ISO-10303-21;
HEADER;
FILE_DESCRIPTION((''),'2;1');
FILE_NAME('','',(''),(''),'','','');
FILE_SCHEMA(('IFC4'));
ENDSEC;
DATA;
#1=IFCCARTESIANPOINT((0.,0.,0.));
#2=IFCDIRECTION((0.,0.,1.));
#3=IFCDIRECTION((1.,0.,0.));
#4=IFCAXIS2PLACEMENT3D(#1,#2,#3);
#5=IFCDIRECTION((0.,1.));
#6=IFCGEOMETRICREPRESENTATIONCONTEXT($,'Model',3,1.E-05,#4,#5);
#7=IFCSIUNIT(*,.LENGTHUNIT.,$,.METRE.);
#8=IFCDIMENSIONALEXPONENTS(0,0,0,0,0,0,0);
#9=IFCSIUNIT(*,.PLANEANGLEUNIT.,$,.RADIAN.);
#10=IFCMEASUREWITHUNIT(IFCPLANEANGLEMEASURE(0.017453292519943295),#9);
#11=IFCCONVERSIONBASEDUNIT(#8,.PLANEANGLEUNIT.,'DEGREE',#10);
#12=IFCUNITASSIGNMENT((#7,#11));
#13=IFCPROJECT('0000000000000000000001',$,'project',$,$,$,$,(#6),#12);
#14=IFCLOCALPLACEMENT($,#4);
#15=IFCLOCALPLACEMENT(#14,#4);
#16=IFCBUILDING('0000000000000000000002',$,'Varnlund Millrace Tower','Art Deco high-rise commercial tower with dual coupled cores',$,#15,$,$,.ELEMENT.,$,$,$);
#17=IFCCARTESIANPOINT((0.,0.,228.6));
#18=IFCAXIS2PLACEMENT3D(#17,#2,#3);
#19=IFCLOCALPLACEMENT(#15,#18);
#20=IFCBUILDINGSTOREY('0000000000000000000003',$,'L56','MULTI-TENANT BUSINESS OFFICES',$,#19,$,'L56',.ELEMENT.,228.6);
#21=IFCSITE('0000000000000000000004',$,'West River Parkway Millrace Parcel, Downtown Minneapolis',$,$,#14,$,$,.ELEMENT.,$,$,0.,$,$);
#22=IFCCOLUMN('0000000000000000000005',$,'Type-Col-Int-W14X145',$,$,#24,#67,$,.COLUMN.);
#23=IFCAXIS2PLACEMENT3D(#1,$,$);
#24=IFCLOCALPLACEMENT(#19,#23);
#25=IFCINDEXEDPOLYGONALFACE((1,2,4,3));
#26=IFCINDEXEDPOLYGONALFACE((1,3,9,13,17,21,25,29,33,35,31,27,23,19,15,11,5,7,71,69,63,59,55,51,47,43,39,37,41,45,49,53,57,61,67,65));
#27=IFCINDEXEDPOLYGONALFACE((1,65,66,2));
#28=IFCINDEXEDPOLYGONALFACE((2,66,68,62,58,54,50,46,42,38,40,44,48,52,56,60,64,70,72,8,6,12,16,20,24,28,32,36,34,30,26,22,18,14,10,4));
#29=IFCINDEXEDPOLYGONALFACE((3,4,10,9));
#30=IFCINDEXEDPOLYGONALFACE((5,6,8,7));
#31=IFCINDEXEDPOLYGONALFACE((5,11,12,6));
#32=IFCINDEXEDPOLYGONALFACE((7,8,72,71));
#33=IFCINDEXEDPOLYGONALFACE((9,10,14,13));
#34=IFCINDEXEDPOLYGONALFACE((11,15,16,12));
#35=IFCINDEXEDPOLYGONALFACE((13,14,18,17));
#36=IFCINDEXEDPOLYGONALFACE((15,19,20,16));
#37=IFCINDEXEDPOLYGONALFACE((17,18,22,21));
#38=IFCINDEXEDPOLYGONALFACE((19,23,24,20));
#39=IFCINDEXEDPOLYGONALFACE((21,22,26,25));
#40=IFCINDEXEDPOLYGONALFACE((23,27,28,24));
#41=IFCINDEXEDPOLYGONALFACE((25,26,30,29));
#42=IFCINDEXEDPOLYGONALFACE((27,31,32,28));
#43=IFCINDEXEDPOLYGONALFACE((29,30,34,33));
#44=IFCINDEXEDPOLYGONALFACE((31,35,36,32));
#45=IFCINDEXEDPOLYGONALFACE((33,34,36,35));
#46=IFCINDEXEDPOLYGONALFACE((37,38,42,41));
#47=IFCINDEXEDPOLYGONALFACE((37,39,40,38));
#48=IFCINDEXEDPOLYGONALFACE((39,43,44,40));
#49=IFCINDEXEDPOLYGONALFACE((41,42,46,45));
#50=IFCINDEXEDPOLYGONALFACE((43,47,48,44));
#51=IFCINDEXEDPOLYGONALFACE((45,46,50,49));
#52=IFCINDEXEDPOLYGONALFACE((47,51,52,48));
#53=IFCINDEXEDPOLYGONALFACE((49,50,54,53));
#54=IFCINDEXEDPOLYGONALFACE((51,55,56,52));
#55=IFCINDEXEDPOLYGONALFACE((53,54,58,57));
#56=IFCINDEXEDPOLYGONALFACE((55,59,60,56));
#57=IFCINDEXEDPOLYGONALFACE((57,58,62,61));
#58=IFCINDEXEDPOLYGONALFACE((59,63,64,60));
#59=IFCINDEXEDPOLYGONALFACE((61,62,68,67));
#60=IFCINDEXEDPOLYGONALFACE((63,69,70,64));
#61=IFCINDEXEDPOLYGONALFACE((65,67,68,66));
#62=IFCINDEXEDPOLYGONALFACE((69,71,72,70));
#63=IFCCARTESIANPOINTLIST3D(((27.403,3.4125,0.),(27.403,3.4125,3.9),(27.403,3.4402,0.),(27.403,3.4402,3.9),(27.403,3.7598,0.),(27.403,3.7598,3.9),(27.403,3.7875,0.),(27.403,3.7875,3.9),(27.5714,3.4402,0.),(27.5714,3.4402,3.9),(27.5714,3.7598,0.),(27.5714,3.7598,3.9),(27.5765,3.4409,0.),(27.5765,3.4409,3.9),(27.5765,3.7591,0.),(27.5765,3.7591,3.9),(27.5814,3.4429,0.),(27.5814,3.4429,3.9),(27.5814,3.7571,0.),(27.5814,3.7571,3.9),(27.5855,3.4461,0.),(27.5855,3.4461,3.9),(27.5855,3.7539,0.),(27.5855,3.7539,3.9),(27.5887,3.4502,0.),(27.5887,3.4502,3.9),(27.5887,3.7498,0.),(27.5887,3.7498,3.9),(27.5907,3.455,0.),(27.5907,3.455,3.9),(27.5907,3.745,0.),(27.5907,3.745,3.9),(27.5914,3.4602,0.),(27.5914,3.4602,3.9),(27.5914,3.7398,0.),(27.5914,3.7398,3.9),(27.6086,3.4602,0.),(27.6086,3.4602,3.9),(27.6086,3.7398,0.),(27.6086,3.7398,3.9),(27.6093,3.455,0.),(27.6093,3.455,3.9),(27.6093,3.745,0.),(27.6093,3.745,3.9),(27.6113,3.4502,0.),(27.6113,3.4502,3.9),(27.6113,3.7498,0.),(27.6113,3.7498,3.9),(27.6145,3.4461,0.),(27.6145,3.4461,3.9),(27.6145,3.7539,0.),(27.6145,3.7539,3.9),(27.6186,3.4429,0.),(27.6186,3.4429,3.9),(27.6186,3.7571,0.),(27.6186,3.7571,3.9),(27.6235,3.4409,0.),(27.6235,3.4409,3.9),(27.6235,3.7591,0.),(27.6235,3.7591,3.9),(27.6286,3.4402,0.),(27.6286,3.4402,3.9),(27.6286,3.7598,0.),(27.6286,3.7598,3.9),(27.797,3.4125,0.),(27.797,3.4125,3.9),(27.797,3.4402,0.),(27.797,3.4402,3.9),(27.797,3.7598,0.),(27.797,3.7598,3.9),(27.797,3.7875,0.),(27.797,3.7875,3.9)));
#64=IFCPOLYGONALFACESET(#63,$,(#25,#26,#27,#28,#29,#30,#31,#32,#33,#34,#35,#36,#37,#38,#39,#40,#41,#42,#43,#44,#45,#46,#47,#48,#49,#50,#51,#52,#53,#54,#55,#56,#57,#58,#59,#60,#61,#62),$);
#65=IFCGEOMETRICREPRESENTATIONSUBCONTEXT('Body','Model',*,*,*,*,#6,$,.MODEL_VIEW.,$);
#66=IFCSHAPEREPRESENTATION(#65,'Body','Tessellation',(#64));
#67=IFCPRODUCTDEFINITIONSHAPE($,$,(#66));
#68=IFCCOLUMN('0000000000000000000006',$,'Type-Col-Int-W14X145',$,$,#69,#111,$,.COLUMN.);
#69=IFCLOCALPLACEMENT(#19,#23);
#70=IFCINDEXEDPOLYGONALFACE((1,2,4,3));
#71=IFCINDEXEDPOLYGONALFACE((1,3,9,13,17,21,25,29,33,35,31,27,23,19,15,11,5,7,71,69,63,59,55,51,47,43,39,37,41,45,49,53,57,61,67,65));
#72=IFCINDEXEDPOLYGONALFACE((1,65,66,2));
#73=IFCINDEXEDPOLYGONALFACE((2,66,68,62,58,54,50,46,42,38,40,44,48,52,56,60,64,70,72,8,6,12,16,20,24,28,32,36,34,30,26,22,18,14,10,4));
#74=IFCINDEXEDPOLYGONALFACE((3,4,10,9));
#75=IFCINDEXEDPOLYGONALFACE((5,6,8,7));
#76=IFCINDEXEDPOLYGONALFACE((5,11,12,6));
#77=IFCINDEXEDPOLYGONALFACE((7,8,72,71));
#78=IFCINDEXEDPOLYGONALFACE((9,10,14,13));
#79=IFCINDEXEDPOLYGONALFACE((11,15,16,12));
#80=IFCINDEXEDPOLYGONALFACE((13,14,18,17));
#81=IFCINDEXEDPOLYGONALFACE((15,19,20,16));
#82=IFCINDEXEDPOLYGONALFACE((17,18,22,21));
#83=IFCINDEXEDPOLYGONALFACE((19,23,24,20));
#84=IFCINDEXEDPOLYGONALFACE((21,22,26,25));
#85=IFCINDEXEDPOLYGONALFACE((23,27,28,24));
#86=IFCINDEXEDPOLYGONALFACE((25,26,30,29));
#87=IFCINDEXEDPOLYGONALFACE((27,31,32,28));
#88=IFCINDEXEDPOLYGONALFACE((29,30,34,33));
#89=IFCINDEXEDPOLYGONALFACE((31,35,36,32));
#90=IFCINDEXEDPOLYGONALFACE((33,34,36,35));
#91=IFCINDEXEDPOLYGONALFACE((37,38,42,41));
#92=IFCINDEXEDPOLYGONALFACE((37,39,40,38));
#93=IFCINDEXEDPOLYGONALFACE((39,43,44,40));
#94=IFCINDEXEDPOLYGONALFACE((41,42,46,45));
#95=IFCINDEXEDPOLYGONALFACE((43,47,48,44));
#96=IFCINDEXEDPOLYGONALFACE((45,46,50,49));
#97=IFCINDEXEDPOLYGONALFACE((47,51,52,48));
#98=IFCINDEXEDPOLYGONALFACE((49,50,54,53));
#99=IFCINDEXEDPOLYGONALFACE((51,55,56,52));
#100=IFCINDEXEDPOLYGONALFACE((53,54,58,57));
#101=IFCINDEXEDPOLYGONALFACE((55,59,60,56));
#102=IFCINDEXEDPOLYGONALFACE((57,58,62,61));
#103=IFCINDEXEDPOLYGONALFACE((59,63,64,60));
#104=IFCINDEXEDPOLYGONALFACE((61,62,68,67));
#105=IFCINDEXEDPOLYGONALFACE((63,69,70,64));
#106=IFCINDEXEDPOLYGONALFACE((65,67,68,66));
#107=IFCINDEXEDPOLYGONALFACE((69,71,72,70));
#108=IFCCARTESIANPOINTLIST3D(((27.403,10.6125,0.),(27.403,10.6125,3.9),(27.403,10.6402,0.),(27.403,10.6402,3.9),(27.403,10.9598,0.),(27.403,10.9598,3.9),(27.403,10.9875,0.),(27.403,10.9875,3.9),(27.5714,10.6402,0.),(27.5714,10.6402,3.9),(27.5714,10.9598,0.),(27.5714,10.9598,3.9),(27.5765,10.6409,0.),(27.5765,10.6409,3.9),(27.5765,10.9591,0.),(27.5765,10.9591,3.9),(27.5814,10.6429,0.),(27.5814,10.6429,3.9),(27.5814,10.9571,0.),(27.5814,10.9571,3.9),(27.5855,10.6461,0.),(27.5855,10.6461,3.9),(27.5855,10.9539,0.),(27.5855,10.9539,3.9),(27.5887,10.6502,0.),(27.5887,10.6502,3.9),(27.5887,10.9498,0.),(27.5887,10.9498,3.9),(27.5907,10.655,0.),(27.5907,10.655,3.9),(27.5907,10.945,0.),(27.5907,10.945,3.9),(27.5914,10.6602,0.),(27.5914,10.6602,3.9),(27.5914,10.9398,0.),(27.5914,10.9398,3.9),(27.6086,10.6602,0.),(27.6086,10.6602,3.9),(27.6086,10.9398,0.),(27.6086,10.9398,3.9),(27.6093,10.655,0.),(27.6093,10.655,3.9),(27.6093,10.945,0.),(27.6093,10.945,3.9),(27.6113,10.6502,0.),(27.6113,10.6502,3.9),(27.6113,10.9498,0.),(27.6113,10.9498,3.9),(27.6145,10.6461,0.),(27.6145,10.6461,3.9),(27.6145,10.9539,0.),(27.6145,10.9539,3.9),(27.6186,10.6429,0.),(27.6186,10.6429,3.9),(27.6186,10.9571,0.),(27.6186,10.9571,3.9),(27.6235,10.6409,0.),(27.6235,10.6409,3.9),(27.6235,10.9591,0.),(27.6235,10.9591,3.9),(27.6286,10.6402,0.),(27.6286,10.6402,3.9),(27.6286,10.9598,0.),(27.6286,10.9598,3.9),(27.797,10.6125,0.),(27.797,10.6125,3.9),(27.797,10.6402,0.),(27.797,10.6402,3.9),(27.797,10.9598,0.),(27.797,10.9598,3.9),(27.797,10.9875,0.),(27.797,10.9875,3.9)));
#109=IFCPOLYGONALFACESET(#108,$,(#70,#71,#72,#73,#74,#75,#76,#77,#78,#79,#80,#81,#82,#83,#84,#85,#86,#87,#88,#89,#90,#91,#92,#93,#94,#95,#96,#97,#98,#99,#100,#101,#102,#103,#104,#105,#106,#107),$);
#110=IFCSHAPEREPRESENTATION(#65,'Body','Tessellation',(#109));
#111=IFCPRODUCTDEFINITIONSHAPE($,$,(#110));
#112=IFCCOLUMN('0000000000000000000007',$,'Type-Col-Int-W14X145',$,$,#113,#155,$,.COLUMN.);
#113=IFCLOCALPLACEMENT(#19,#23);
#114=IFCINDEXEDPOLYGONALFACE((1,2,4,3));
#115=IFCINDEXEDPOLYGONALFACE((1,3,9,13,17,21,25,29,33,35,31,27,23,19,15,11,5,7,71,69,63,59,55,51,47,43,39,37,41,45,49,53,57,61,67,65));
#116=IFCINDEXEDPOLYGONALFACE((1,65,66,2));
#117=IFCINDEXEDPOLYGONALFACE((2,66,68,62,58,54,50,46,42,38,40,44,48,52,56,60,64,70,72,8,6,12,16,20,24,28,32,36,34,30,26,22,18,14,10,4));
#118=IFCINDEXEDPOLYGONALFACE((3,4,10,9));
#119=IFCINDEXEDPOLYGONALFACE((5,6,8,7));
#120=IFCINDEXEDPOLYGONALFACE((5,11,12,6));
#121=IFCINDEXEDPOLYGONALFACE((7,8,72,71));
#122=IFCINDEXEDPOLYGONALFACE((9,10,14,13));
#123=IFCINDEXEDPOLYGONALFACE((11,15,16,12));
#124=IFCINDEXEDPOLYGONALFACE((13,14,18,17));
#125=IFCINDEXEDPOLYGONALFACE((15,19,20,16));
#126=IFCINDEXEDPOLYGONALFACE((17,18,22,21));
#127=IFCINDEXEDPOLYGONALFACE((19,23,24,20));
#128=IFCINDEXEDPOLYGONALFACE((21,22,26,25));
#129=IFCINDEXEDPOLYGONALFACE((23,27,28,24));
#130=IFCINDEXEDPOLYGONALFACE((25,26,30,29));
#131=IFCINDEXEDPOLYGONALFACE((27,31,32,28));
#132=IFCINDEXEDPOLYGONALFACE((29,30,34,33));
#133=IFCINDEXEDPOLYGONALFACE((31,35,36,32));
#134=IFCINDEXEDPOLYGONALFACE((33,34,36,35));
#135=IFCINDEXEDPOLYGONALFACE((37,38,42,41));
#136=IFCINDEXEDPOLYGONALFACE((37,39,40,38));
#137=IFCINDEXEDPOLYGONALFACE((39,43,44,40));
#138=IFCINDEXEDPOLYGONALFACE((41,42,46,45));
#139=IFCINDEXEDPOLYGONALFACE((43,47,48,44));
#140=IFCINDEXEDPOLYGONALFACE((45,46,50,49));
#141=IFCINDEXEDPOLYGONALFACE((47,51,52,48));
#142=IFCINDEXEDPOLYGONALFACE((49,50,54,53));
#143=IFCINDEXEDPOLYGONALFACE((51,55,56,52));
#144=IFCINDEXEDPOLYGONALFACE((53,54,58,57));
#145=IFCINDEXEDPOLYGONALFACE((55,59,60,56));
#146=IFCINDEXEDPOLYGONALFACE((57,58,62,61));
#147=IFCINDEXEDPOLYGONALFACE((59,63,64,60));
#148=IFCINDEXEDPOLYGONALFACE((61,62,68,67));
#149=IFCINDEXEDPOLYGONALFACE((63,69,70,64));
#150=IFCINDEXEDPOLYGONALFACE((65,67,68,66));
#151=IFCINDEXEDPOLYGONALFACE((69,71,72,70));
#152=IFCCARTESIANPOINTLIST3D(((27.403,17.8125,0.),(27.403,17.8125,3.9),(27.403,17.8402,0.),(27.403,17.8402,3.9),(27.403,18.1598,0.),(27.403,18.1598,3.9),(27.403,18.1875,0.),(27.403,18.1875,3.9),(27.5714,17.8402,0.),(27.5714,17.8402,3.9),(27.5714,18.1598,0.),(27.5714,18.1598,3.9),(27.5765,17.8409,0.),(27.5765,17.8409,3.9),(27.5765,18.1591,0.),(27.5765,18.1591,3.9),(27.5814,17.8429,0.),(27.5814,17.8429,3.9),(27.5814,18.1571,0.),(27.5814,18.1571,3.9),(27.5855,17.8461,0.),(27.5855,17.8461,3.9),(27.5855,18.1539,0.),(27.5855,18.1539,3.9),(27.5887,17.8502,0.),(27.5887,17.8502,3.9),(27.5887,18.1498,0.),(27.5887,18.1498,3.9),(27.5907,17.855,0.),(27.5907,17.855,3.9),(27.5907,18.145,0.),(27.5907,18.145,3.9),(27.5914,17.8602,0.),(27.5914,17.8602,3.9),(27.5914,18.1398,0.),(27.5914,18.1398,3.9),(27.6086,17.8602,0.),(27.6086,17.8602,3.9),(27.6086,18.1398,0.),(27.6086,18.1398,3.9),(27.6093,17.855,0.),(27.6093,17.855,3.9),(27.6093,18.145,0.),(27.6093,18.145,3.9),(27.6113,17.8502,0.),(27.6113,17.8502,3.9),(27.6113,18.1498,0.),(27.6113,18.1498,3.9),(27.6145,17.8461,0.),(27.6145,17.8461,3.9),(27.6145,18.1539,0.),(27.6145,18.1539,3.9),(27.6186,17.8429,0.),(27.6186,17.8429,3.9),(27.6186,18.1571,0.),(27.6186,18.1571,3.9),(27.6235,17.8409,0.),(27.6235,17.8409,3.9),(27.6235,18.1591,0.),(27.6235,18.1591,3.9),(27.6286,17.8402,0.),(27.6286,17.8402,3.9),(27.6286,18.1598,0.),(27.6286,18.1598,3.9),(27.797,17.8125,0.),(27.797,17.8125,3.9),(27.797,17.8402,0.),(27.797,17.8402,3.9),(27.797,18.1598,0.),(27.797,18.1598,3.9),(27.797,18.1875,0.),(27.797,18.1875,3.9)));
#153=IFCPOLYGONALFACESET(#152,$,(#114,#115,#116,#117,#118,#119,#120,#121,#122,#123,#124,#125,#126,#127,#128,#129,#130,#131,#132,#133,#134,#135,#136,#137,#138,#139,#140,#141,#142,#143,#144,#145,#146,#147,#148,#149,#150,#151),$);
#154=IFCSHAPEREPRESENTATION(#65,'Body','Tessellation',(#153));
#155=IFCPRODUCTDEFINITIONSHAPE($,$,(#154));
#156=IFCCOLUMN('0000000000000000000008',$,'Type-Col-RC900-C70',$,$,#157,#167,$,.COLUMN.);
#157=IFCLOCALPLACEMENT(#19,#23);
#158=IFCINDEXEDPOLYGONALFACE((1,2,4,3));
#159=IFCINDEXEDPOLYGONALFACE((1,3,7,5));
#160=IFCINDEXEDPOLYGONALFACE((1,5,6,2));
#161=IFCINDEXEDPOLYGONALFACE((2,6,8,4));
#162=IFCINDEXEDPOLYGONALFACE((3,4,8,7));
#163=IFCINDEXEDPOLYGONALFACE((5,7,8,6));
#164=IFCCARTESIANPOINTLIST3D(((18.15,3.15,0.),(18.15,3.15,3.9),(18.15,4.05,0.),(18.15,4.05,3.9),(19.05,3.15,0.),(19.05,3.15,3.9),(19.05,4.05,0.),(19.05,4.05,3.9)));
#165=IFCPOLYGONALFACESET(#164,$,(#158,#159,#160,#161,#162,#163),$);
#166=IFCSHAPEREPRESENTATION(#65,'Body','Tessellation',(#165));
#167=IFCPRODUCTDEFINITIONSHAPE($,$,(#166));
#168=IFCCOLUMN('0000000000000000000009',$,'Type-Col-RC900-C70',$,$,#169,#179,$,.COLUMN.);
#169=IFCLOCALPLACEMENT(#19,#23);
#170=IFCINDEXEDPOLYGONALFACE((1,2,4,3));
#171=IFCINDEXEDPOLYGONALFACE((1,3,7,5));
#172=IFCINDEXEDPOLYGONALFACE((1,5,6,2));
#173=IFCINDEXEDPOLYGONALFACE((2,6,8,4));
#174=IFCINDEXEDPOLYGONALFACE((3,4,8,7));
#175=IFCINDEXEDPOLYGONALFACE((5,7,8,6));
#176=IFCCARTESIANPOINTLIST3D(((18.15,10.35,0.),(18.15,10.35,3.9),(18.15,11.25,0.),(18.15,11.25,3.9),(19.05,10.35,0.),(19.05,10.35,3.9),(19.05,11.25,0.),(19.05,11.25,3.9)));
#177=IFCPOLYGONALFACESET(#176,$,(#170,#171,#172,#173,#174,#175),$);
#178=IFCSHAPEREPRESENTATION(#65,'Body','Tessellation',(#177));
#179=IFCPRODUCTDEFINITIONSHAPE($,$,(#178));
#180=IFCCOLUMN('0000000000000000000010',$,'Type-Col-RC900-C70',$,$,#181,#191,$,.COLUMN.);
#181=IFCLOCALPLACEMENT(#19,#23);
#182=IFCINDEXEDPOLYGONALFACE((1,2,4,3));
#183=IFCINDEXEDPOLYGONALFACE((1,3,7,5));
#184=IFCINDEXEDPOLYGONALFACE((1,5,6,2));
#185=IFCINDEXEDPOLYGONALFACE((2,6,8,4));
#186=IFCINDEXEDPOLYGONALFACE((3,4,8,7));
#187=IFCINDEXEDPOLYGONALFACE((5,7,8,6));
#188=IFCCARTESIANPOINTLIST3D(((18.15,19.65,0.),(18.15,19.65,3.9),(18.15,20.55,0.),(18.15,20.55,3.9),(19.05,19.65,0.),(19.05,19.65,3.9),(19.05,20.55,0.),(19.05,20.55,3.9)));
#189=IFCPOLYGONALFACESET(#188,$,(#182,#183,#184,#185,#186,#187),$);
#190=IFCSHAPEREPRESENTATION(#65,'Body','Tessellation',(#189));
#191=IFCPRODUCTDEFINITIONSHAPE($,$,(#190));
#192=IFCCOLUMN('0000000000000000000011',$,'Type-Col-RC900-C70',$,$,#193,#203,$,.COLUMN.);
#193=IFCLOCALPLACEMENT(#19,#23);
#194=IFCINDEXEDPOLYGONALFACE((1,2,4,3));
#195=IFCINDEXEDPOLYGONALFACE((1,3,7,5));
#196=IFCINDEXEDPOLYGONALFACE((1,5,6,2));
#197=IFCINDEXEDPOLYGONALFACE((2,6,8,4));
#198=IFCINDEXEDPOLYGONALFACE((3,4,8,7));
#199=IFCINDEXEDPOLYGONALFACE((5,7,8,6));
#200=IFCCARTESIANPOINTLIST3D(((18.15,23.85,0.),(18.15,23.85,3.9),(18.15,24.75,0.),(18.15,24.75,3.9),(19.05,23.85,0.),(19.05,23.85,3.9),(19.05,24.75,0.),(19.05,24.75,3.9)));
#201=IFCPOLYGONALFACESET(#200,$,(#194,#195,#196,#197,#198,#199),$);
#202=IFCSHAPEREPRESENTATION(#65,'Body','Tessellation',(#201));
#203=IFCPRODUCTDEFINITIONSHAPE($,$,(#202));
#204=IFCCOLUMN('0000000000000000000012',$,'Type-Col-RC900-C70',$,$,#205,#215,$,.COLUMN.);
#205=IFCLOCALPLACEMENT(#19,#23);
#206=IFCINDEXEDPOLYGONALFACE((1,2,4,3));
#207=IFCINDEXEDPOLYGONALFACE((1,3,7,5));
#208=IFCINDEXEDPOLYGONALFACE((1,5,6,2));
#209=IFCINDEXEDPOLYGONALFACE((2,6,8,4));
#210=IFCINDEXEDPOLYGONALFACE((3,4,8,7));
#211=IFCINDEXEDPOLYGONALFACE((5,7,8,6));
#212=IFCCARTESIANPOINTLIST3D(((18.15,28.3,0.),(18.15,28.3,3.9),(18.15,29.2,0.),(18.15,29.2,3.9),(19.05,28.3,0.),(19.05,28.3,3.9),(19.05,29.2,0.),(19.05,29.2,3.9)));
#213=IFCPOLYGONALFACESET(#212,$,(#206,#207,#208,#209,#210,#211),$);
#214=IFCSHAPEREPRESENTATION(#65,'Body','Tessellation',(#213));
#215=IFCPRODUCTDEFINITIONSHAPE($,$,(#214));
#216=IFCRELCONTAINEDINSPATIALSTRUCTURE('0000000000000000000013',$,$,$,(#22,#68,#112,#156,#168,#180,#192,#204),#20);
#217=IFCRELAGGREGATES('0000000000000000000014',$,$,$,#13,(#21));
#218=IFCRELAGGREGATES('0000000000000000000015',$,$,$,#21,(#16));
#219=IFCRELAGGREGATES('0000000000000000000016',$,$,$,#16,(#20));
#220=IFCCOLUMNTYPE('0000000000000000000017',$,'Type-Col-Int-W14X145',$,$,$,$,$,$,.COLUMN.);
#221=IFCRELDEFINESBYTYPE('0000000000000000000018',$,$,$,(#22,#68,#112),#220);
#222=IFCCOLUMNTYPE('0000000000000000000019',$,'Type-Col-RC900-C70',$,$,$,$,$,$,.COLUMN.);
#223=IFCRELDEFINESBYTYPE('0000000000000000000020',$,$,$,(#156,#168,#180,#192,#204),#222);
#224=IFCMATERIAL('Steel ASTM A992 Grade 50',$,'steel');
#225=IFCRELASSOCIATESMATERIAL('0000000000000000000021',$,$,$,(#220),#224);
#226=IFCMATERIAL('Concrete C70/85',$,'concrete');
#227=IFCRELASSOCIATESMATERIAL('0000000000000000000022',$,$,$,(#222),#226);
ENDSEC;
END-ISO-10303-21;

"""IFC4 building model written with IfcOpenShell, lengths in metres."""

from ifc_helpers import new_model, entity, si_unit, converted_unit, direction, frame, origin_with_axes, origin_2d_with_axis, place, context, subcontext, project, spatial, rectangle, i_section, extrude, material, material_profile, profile_set, type_object, element, save


model = new_model("IFC4")

# Units and contexts
model_context = context("Model", 3, precision=1e-05, world=origin_with_axes(), true_north=direction((0.0, 1.0)))
body_context = subcontext(model_context, "Body", "Model", "MODEL_VIEW")
ifc_project = project(units=[si_unit("LENGTHUNIT", "METRE"), converted_unit("PLANEANGLEUNIT", "DEGREE", entity("IfcPlaneAngleMeasure", 0.017453292519943295), si_unit("PLANEANGLEUNIT", "RADIAN"), dimensions=[0, 0, 0, 0, 0, 0, 0])], contexts=[model_context])

# Site, building, storey
site_placement = place(None, origin_with_axes())
site = spatial("IfcSite", under=ifc_project, at=site_placement, Name="West River Parkway Millrace Parcel, Downtown Minneapolis", CompositionType="ELEMENT", RefElevation=0.0)
building_placement = place(site_placement, origin_with_axes())
building = spatial("IfcBuilding", under=site, at=building_placement, Name="Varnlund Millrace Tower", Description="Art Deco high-rise commercial tower with dual coupled cores", CompositionType="ELEMENT")
storey_placement = place(building_placement, frame((0.0, 0.0, 228.6), z_axis=(0.0, 0.0, 1.0), x_axis=(1.0, 0.0, 0.0)))
storey = spatial("IfcBuildingStorey", under=building, at=storey_placement, Name="L56", Description="MULTI-TENANT BUSINESS OFFICES", LongName="L56", CompositionType="ELEMENT", Elevation=228.6)

# Columns
ifc_material_1 = material(Name="Steel ASTM A992 Grade 50", Category="steel")
ifc_material_profile_1 = material_profile(ifc_material_1, i_section(OverallWidth=0.394, OverallDepth=0.375, WebThickness=0.0173, FlangeThickness=0.0277, FilletRadius=0.02, at=origin_2d_with_axis()), Name="Steel ASTM A992 Grade 50")
ifc_profile_set_1 = profile_set([ifc_material_profile_1], Name="Steel ASTM A992 Grade 50")
column_type_1 = type_object("IfcColumnType", Name="Type-Col-Int-W14X145", PredefinedType="COLUMN", material=ifc_profile_set_1)
for number, where, z_axis, x_axis, name in (
    (1, (27.6, 3.6, 0.0), (0.0, 0.0, 1.0), (1.0, 0.0, 0.0), "Type-Col-Int-W14X145"),
    (2, (27.6, 10.8, 0.0), (0.0, 0.0, 1.0), (1.0, 0.0, 0.0), "Type-Col-Int-W14X145"),
    (3, (27.6, 18.0, 0.0), (0.0, 0.0, 1.0), (1.0, 0.0, 0.0), "Type-Col-Int-W14X145"),
):
    element("IfcColumn", number, at=place(storey_placement, frame(where, z_axis=z_axis, x_axis=x_axis)), inside=storey, type_object=column_type_1, Name=name, PredefinedType="COLUMN", context=body_context, shape_type="SweptSolid", body=[
        extrude(i_section(OverallWidth=0.394, OverallDepth=0.375, WebThickness=0.0173, FlangeThickness=0.0277, FilletRadius=0.02, at=origin_2d_with_axis()), origin_with_axes(), (0.0, 0.0, 1.0), 3.9),
    ])
ifc_material_2 = material(Name="Concrete C70/85", Category="concrete")
ifc_material_profile_2 = material_profile(ifc_material_2, rectangle(XDim=0.9, YDim=0.9, at=origin_2d_with_axis()), Name="Concrete C70/85")
ifc_profile_set_2 = profile_set([ifc_material_profile_2], Name="Concrete C70/85")
column_type_2 = type_object("IfcColumnType", Name="Type-Col-RC900-C70", PredefinedType="COLUMN", material=ifc_profile_set_2)
for number, where, z_axis, x_axis, name in (
    (4, (18.6, 3.6, 0.0), (0.0, 0.0, 1.0), (1.0, 0.0, 0.0), "Type-Col-RC900-C70"),
    (5, (18.6, 10.8, 0.0), (0.0, 0.0, 1.0), (1.0, 0.0, 0.0), "Type-Col-RC900-C70"),
    (6, (18.6, 20.1, 0.0), (0.0, 0.0, 1.0), (1.0, 0.0, 0.0), "Type-Col-RC900-C70"),
    (7, (18.6, 24.3, 0.0), (0.0, 0.0, 1.0), (1.0, 0.0, 0.0), "Type-Col-RC900-C70"),
    (8, (18.6, 28.75, 0.0), (0.0, 0.0, 1.0), (1.0, 0.0, 0.0), "Type-Col-RC900-C70"),
):
    element("IfcColumn", number, at=place(storey_placement, frame(where, z_axis=z_axis, x_axis=x_axis)), inside=storey, type_object=column_type_2, Name=name, PredefinedType="COLUMN", context=body_context, shape_type="SweptSolid", body=[
        extrude(rectangle(XDim=0.9, YDim=0.9, at=origin_2d_with_axis()), origin_with_axes(), (0.0, 0.0, 1.0), 3.9),
    ])

save(model, "model.ifc")
